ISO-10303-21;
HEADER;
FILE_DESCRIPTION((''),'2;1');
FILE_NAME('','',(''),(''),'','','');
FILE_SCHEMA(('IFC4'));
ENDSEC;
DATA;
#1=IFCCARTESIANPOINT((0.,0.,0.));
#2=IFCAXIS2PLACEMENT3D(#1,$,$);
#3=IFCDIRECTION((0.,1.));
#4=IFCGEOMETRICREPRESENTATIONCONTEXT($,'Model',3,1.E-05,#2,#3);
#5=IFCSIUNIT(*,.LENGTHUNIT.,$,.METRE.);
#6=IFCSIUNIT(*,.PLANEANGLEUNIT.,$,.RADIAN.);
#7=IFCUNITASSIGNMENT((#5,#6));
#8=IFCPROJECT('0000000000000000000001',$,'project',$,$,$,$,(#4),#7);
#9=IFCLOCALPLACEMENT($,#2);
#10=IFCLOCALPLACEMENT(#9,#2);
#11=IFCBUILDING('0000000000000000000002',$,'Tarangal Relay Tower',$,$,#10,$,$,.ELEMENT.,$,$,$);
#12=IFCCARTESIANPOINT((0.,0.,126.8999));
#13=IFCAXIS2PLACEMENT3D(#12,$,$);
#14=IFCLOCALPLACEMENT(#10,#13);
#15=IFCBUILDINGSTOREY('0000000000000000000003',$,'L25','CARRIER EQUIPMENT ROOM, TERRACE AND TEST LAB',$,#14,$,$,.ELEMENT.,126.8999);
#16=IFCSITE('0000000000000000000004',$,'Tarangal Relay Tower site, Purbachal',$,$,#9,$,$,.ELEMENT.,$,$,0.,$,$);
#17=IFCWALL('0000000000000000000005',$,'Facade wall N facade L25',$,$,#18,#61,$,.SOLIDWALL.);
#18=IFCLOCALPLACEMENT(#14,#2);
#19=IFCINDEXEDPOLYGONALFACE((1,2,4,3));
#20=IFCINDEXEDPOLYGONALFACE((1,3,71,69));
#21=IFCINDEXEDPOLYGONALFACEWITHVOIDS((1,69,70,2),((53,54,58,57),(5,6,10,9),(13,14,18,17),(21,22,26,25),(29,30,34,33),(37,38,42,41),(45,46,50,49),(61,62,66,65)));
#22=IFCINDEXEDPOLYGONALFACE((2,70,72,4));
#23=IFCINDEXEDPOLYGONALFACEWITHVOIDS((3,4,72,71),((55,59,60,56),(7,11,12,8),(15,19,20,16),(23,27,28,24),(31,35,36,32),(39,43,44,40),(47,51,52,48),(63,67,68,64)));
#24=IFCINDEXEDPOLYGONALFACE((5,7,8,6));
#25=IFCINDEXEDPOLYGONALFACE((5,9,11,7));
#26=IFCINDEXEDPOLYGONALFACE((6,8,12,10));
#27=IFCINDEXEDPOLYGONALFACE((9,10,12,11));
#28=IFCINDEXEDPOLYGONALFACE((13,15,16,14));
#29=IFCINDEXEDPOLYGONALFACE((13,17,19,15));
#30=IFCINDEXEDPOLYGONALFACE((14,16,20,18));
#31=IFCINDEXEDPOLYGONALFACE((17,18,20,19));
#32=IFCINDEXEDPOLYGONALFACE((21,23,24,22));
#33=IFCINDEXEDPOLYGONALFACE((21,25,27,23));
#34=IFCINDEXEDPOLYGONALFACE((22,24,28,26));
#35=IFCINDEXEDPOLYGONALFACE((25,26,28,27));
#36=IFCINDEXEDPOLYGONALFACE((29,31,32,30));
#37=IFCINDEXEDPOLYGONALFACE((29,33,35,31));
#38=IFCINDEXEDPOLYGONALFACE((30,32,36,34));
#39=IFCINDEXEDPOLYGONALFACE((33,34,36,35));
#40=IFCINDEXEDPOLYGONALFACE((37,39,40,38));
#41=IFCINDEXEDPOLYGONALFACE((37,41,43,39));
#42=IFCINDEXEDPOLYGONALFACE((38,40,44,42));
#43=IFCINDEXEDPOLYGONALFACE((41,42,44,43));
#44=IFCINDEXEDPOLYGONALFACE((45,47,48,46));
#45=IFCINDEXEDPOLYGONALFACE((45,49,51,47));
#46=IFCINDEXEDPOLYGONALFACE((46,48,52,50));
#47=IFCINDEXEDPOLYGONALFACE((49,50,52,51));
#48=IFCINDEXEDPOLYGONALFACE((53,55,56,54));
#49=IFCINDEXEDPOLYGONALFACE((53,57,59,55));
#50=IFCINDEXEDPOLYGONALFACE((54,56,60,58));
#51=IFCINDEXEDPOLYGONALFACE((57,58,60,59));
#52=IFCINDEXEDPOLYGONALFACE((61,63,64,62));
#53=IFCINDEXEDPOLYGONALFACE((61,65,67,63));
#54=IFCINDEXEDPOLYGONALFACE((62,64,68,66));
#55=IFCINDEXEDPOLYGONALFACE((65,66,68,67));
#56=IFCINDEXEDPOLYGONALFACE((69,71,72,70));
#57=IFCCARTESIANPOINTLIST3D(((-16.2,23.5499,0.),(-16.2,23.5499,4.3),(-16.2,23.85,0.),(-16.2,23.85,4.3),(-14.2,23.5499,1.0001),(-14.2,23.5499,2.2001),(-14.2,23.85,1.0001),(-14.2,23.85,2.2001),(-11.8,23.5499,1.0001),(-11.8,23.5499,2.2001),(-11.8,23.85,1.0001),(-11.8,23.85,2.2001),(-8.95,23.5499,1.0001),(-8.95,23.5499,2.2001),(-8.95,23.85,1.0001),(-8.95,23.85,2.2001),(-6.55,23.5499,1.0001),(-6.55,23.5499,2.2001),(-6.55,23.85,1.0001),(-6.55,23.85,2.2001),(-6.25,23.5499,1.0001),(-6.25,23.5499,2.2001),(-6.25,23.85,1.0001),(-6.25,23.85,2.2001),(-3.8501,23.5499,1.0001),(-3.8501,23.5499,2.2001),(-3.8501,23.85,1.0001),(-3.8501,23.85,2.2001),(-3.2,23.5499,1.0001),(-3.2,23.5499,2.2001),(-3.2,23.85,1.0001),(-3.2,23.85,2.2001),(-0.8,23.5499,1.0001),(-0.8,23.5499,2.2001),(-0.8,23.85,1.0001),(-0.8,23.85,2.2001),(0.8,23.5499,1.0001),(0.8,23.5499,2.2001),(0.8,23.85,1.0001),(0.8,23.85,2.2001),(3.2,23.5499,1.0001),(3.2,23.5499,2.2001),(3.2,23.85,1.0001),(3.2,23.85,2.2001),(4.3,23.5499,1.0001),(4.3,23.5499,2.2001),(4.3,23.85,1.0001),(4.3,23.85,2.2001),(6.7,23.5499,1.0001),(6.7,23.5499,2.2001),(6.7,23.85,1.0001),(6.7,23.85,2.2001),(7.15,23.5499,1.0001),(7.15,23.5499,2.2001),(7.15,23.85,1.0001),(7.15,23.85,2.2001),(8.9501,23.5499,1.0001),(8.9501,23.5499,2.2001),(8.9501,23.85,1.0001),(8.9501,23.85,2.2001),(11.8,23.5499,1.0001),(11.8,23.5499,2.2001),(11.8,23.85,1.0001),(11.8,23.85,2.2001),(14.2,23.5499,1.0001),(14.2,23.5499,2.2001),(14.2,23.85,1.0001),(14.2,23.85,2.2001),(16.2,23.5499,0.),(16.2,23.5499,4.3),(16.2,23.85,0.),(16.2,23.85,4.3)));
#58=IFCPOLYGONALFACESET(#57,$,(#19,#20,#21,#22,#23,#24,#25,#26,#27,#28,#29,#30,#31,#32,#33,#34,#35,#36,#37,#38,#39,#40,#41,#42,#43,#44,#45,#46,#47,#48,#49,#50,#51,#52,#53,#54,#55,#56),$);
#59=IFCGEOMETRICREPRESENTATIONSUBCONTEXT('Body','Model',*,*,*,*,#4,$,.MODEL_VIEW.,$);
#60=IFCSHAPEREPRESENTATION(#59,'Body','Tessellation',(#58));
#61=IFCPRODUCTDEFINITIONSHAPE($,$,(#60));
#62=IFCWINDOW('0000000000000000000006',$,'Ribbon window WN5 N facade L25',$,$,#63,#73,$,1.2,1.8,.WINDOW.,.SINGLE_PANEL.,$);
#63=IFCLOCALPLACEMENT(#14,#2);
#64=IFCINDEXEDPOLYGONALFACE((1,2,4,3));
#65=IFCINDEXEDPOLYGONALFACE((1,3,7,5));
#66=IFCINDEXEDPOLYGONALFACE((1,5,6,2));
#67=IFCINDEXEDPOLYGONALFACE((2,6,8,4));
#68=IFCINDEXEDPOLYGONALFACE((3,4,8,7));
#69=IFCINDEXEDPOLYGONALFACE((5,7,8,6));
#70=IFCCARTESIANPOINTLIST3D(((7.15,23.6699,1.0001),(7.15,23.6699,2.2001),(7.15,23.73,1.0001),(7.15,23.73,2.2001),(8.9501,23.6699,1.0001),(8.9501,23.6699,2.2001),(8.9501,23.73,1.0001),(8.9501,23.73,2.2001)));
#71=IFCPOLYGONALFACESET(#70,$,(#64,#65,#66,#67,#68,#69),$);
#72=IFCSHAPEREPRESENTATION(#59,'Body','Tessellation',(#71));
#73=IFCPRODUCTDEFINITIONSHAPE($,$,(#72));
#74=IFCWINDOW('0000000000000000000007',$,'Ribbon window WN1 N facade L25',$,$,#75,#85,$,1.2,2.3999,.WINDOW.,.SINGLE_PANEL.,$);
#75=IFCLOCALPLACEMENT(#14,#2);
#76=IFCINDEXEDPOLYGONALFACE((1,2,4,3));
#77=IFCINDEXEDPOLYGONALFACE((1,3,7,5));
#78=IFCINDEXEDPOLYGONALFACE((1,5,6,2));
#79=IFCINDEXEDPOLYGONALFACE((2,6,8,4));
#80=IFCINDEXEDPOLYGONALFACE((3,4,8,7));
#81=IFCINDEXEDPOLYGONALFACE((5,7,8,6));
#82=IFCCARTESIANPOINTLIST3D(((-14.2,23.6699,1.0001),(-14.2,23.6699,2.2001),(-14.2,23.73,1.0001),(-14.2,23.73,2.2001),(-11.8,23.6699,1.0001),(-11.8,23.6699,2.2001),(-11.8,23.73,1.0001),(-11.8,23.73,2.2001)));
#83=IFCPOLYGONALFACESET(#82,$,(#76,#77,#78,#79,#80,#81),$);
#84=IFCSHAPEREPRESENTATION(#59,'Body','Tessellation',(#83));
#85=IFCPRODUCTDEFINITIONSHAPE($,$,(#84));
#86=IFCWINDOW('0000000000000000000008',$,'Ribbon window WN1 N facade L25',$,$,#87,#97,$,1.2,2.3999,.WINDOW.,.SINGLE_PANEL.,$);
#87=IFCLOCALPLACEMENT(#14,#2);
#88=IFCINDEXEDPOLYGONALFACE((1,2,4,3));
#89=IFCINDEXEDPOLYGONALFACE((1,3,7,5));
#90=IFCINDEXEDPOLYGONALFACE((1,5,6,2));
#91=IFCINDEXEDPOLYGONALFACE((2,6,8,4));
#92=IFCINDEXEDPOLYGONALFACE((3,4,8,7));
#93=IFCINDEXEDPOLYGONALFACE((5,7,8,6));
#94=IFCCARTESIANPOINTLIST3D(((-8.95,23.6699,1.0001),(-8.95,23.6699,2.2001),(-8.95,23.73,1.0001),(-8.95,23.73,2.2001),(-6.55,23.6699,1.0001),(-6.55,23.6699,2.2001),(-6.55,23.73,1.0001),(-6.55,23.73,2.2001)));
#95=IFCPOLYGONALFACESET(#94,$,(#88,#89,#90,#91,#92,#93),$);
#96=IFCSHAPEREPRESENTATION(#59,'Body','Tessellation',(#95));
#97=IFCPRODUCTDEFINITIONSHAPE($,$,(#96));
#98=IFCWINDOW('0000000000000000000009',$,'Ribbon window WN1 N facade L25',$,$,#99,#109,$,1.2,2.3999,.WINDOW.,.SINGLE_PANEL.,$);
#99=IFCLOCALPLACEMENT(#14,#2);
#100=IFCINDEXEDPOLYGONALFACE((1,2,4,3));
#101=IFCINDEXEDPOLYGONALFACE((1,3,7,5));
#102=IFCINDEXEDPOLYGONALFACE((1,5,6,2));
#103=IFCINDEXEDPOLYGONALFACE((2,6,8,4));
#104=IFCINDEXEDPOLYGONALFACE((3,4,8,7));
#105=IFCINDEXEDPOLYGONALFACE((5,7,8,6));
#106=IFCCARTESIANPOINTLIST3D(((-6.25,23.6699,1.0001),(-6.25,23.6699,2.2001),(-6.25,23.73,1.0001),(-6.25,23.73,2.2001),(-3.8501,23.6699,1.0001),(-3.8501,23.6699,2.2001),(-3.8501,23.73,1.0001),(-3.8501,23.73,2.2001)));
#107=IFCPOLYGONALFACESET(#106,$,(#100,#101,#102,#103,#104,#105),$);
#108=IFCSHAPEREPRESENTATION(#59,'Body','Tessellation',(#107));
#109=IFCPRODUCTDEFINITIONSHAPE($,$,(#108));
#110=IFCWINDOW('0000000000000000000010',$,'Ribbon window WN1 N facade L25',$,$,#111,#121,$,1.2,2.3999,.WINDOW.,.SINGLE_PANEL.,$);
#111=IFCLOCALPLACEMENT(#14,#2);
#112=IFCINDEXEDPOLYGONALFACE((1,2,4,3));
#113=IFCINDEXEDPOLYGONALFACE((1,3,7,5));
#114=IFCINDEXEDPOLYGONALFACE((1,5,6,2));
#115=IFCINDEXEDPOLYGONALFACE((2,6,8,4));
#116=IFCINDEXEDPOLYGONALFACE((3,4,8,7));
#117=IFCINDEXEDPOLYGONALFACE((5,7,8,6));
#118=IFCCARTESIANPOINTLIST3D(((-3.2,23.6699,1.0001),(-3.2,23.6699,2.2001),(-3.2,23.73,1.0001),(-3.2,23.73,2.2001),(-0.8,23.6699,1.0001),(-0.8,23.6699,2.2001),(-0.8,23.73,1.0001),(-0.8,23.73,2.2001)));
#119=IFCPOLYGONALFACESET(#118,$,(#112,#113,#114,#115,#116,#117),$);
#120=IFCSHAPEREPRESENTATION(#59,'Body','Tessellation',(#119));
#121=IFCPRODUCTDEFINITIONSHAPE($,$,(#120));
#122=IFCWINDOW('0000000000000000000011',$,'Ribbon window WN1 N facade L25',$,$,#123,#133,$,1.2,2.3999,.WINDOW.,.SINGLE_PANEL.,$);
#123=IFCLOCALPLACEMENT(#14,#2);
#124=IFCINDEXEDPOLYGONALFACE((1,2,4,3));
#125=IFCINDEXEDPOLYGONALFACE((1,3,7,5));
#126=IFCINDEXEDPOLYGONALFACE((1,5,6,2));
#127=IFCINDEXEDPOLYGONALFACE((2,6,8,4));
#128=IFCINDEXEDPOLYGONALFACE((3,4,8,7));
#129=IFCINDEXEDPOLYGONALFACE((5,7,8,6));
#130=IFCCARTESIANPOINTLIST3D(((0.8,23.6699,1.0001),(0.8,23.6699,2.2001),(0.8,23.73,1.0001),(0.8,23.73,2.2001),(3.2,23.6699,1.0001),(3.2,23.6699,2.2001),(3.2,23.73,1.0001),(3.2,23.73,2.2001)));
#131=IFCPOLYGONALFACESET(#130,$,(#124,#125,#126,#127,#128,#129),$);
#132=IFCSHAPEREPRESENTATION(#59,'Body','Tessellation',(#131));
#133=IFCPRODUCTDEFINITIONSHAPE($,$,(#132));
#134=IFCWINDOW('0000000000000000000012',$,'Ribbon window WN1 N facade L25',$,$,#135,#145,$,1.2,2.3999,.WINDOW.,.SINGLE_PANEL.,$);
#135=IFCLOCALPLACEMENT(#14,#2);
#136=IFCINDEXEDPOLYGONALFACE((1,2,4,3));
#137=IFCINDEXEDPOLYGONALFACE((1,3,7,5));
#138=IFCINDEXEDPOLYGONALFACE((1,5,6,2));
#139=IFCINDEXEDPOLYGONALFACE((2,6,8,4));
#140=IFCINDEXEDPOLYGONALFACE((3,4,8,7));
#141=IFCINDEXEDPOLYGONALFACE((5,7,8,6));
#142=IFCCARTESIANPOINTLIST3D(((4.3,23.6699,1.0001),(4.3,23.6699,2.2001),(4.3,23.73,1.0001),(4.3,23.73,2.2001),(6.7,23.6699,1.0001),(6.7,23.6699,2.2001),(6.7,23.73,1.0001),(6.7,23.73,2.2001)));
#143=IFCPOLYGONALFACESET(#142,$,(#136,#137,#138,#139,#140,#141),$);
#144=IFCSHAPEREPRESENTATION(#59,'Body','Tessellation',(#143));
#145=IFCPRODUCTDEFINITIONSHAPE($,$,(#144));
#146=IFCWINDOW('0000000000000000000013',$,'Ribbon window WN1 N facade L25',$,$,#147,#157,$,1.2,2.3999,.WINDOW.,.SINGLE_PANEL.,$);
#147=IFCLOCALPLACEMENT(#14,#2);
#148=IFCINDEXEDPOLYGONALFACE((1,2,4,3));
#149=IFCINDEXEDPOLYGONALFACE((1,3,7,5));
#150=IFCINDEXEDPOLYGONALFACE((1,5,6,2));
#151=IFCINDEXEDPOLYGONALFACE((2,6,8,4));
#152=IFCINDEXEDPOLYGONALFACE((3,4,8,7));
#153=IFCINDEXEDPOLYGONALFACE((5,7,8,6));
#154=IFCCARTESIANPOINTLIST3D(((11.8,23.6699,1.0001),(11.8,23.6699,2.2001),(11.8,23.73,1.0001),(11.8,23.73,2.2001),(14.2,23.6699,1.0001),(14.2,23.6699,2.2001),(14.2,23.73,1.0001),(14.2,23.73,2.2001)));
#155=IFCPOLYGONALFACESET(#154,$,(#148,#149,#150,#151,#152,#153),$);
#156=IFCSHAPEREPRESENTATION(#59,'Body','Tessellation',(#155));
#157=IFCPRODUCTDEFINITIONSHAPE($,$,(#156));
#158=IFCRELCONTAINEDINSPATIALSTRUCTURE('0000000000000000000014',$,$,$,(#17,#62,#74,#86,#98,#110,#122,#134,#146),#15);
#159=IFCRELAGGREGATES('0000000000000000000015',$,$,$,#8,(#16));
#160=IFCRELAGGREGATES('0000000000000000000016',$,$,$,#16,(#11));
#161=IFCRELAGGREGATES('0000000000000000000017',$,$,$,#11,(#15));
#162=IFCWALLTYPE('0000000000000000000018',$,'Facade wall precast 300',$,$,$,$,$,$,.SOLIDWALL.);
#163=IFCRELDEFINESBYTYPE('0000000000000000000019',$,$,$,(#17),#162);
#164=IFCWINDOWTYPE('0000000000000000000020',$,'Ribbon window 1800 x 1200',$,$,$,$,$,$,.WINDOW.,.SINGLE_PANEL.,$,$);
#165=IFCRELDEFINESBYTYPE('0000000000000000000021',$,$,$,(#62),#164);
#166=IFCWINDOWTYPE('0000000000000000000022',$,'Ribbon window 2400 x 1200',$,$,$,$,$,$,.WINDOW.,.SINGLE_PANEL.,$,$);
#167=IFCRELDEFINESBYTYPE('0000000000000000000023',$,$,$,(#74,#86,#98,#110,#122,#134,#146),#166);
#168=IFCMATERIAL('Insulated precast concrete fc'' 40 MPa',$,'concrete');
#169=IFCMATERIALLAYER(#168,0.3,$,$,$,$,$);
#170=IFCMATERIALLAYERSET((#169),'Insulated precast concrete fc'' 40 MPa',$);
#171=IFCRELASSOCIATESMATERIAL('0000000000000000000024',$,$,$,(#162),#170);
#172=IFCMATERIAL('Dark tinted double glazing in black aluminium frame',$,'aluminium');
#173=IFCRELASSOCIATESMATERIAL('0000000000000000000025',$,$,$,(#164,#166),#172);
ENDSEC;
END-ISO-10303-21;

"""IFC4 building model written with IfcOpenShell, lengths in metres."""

from ifc_helpers import new_model, si_unit, direction, frame, frame_2d, origin, place, context, subcontext, project, spatial, rectangle, extrude, material, layer, layer_set, type_object, element, fill, save


model = new_model("IFC4")

# Units and contexts
model_context = context("Model", 3, precision=1e-05, world=origin(), true_north=direction((0.0, 1.0)))
body_context = subcontext(model_context, "Body", "Model", "MODEL_VIEW")
ifc_project = project(units=[si_unit("LENGTHUNIT", "METRE"), si_unit("PLANEANGLEUNIT", "RADIAN")], contexts=[model_context])

# Site, building, storey
site_placement = place(None, origin())
site = spatial("IfcSite", under=ifc_project, at=site_placement, Name="Tarangal Relay Tower site, Purbachal", CompositionType="ELEMENT", RefElevation=0.0)
building_placement = place(site_placement, origin())
building = spatial("IfcBuilding", under=site, at=building_placement, Name="Tarangal Relay Tower", CompositionType="ELEMENT")
storey_placement = place(building_placement, frame((0.0, 0.0, 126.8999)))
storey = spatial("IfcBuildingStorey", under=building, at=storey_placement, Name="L25", Description="CARRIER EQUIPMENT ROOM, TERRACE AND TEST LAB", CompositionType="ELEMENT", Elevation=126.8999)

# Wall, openings, windows
ifc_material_1 = material(Name="Insulated precast concrete fc' 40 MPa", Category="concrete")
ifc_layer_1 = layer(ifc_material_1, 0.3)
ifc_layer_set_1 = layer_set([ifc_layer_1], Name="Insulated precast concrete fc' 40 MPa")
wall_type_1 = type_object("IfcWallType", Name="Facade wall precast 300", PredefinedType="SOLIDWALL", material=ifc_layer_set_1)
wall_1_placement = place(storey_placement, frame((-16.2, 23.7, 0.0), z_axis=(0.0, 0.0, 1.0), x_axis=(1.0, 0.0, 0.0)))
wall_1 = element("IfcWall", 1, at=wall_1_placement, inside=storey, type_object=wall_type_1, Name="Facade wall N facade L25", PredefinedType="SOLIDWALL", context=body_context, shape_type="SweptSolid", body=[
    extrude(rectangle(XDim=32.3999, YDim=0.3, at=frame_2d((16.2, 0.0))), origin(), (0.0, 0.0, 1.0), 4.3),
])
opening_1_placement = place(wall_1_placement, frame((2.0, 0.0, 1.0)))
opening_1 = element("IfcOpeningElement", 2, at=opening_1_placement, cuts=wall_1, PredefinedType="OPENING", context=body_context, shape_type="SweptSolid", body=[
    extrude(rectangle(XDim=2.3999, YDim=1.2, at=frame_2d((1.2, 0.6001))), frame((0.0, 0.1599, 0.0), z_axis=(0.0, -1.0, 0.0), x_axis=(1.0, 0.0, 0.0)), (0.0, 0.0, 1.0), 0.3201),
])
opening_2_placement = place(wall_1_placement, frame((7.25, 0.0, 1.0)))
opening_2 = element("IfcOpeningElement", 3, at=opening_2_placement, cuts=wall_1, PredefinedType="OPENING", context=body_context, shape_type="SweptSolid", body=[
    extrude(rectangle(XDim=2.3999, YDim=1.2, at=frame_2d((1.2, 0.6001))), frame((0.0, 0.1599, 0.0), z_axis=(0.0, -1.0, 0.0), x_axis=(1.0, 0.0, 0.0)), (0.0, 0.0, 1.0), 0.3201),
])
opening_3_placement = place(wall_1_placement, frame((9.95, 0.0, 1.0)))
opening_3 = element("IfcOpeningElement", 4, at=opening_3_placement, cuts=wall_1, PredefinedType="OPENING", context=body_context, shape_type="SweptSolid", body=[
    extrude(rectangle(XDim=2.3999, YDim=1.2, at=frame_2d((1.2, 0.6001))), frame((0.0, 0.1599, 0.0), z_axis=(0.0, -1.0, 0.0), x_axis=(1.0, 0.0, 0.0)), (0.0, 0.0, 1.0), 0.3201),
])
opening_4_placement = place(wall_1_placement, frame((13.0, 0.0, 1.0)))
opening_4 = element("IfcOpeningElement", 5, at=opening_4_placement, cuts=wall_1, PredefinedType="OPENING", context=body_context, shape_type="SweptSolid", body=[
    extrude(rectangle(XDim=2.3999, YDim=1.2, at=frame_2d((1.2, 0.6001))), frame((0.0, 0.1599, 0.0), z_axis=(0.0, -1.0, 0.0), x_axis=(1.0, 0.0, 0.0)), (0.0, 0.0, 1.0), 0.3201),
])
opening_5_placement = place(wall_1_placement, frame((17.0, 0.0, 1.0)))
opening_5 = element("IfcOpeningElement", 6, at=opening_5_placement, cuts=wall_1, PredefinedType="OPENING", context=body_context, shape_type="SweptSolid", body=[
    extrude(rectangle(XDim=2.3999, YDim=1.2, at=frame_2d((1.2, 0.6001))), frame((0.0, 0.1599, 0.0), z_axis=(0.0, -1.0, 0.0), x_axis=(1.0, 0.0, 0.0)), (0.0, 0.0, 1.0), 0.3201),
])
opening_6_placement = place(wall_1_placement, frame((20.5, 0.0, 1.0)))
opening_6 = element("IfcOpeningElement", 7, at=opening_6_placement, cuts=wall_1, PredefinedType="OPENING", context=body_context, shape_type="SweptSolid", body=[
    extrude(rectangle(XDim=2.3999, YDim=1.2, at=frame_2d((1.2, 0.6001))), frame((0.0, 0.1599, 0.0), z_axis=(0.0, -1.0, 0.0), x_axis=(1.0, 0.0, 0.0)), (0.0, 0.0, 1.0), 0.3201),
])
opening_7_placement = place(wall_1_placement, frame((23.3501, 0.0, 1.0)))
opening_7 = element("IfcOpeningElement", 8, at=opening_7_placement, cuts=wall_1, PredefinedType="OPENING", context=body_context, shape_type="SweptSolid", body=[
    extrude(rectangle(XDim=1.8, YDim=1.2, at=frame_2d((0.8999, 0.6001))), frame((0.0, 0.1599, 0.0), z_axis=(0.0, -1.0, 0.0), x_axis=(1.0, 0.0, 0.0)), (0.0, 0.0, 1.0), 0.3201),
])
opening_8_placement = place(wall_1_placement, frame((28.0, 0.0, 1.0)))
opening_8 = element("IfcOpeningElement", 9, at=opening_8_placement, cuts=wall_1, PredefinedType="OPENING", context=body_context, shape_type="SweptSolid", body=[
    extrude(rectangle(XDim=2.3999, YDim=1.2, at=frame_2d((1.2, 0.6001))), frame((0.0, 0.1599, 0.0), z_axis=(0.0, -1.0, 0.0), x_axis=(1.0, 0.0, 0.0)), (0.0, 0.0, 1.0), 0.3201),
])
ifc_material_2 = material(Name="Dark tinted double glazing in black aluminium frame", Category="aluminium")
window_type_1 = type_object("IfcWindowType", Name="Ribbon window 1800 x 1200", PartitioningType="SINGLE_PANEL", PredefinedType="WINDOW", material=ifc_material_2)
window_1_placement = place(opening_7_placement, origin())
window_1 = element("IfcWindow", 10, at=window_1_placement, inside=storey, type_object=window_type_1, Name="Ribbon window WN5 N facade L25", OverallHeight=1.2, OverallWidth=1.8, PartitioningType="SINGLE_PANEL", PredefinedType="WINDOW", context=body_context, shape_type="SweptSolid", body=[
    extrude(rectangle(XDim=1.8, YDim=1.2, at=frame_2d((0.8999, 0.6001))), frame((0.0, 0.03, 0.0), z_axis=(0.0, -1.0, 0.0), x_axis=(1.0, 0.0, 0.0)), (0.0, 0.0, 1.0), 0.0601),
])
fill(opening_7, window_1)
window_type_2 = type_object("IfcWindowType", Name="Ribbon window 2400 x 1200", PartitioningType="SINGLE_PANEL", PredefinedType="WINDOW", material=ifc_material_2)
window_2_placement = place(opening_1_placement, origin())
window_2 = element("IfcWindow", 11, at=window_2_placement, inside=storey, type_object=window_type_2, Name="Ribbon window WN1 N facade L25", OverallHeight=1.2, OverallWidth=2.3999, PartitioningType="SINGLE_PANEL", PredefinedType="WINDOW", context=body_context, shape_type="SweptSolid", body=[
    extrude(rectangle(XDim=2.3999, YDim=1.2, at=frame_2d((1.2, 0.6001))), frame((0.0, 0.03, 0.0), z_axis=(0.0, -1.0, 0.0), x_axis=(1.0, 0.0, 0.0)), (0.0, 0.0, 1.0), 0.0601),
])
fill(opening_1, window_2)
window_3_placement = place(opening_2_placement, origin())
window_3 = element("IfcWindow", 12, at=window_3_placement, inside=storey, type_object=window_type_2, Name="Ribbon window WN1 N facade L25", OverallHeight=1.2, OverallWidth=2.3999, PartitioningType="SINGLE_PANEL", PredefinedType="WINDOW", context=body_context, shape_type="SweptSolid", body=[
    extrude(rectangle(XDim=2.3999, YDim=1.2, at=frame_2d((1.2, 0.6001))), frame((0.0, 0.03, 0.0), z_axis=(0.0, -1.0, 0.0), x_axis=(1.0, 0.0, 0.0)), (0.0, 0.0, 1.0), 0.0601),
])
fill(opening_2, window_3)
window_4_placement = place(opening_3_placement, origin())
window_4 = element("IfcWindow", 13, at=window_4_placement, inside=storey, type_object=window_type_2, Name="Ribbon window WN1 N facade L25", OverallHeight=1.2, OverallWidth=2.3999, PartitioningType="SINGLE_PANEL", PredefinedType="WINDOW", context=body_context, shape_type="SweptSolid", body=[
    extrude(rectangle(XDim=2.3999, YDim=1.2, at=frame_2d((1.2, 0.6001))), frame((0.0, 0.03, 0.0), z_axis=(0.0, -1.0, 0.0), x_axis=(1.0, 0.0, 0.0)), (0.0, 0.0, 1.0), 0.0601),
])
fill(opening_3, window_4)
window_5_placement = place(opening_4_placement, origin())
window_5 = element("IfcWindow", 14, at=window_5_placement, inside=storey, type_object=window_type_2, Name="Ribbon window WN1 N facade L25", OverallHeight=1.2, OverallWidth=2.3999, PartitioningType="SINGLE_PANEL", PredefinedType="WINDOW", context=body_context, shape_type="SweptSolid", body=[
    extrude(rectangle(XDim=2.3999, YDim=1.2, at=frame_2d((1.2, 0.6001))), frame((0.0, 0.03, 0.0), z_axis=(0.0, -1.0, 0.0), x_axis=(1.0, 0.0, 0.0)), (0.0, 0.0, 1.0), 0.0601),
])
fill(opening_4, window_5)
window_6_placement = place(opening_5_placement, origin())
window_6 = element("IfcWindow", 15, at=window_6_placement, inside=storey, type_object=window_type_2, Name="Ribbon window WN1 N facade L25", OverallHeight=1.2, OverallWidth=2.3999, PartitioningType="SINGLE_PANEL", PredefinedType="WINDOW", context=body_context, shape_type="SweptSolid", body=[
    extrude(rectangle(XDim=2.3999, YDim=1.2, at=frame_2d((1.2, 0.6001))), frame((0.0, 0.03, 0.0), z_axis=(0.0, -1.0, 0.0), x_axis=(1.0, 0.0, 0.0)), (0.0, 0.0, 1.0), 0.0601),
])
fill(opening_5, window_6)
window_7_placement = place(opening_6_placement, origin())
window_7 = element("IfcWindow", 16, at=window_7_placement, inside=storey, type_object=window_type_2, Name="Ribbon window WN1 N facade L25", OverallHeight=1.2, OverallWidth=2.3999, PartitioningType="SINGLE_PANEL", PredefinedType="WINDOW", context=body_context, shape_type="SweptSolid", body=[
    extrude(rectangle(XDim=2.3999, YDim=1.2, at=frame_2d((1.2, 0.6001))), frame((0.0, 0.03, 0.0), z_axis=(0.0, -1.0, 0.0), x_axis=(1.0, 0.0, 0.0)), (0.0, 0.0, 1.0), 0.0601),
])
fill(opening_6, window_7)
window_8_placement = place(opening_8_placement, origin())
window_8 = element("IfcWindow", 17, at=window_8_placement, inside=storey, type_object=window_type_2, Name="Ribbon window WN1 N facade L25", OverallHeight=1.2, OverallWidth=2.3999, PartitioningType="SINGLE_PANEL", PredefinedType="WINDOW", context=body_context, shape_type="SweptSolid", body=[
    extrude(rectangle(XDim=2.3999, YDim=1.2, at=frame_2d((1.2, 0.6001))), frame((0.0, 0.03, 0.0), z_axis=(0.0, -1.0, 0.0), x_axis=(1.0, 0.0, 0.0)), (0.0, 0.0, 1.0), 0.0601),
])
fill(opening_8, window_8)

save(model, "model.ifc")
